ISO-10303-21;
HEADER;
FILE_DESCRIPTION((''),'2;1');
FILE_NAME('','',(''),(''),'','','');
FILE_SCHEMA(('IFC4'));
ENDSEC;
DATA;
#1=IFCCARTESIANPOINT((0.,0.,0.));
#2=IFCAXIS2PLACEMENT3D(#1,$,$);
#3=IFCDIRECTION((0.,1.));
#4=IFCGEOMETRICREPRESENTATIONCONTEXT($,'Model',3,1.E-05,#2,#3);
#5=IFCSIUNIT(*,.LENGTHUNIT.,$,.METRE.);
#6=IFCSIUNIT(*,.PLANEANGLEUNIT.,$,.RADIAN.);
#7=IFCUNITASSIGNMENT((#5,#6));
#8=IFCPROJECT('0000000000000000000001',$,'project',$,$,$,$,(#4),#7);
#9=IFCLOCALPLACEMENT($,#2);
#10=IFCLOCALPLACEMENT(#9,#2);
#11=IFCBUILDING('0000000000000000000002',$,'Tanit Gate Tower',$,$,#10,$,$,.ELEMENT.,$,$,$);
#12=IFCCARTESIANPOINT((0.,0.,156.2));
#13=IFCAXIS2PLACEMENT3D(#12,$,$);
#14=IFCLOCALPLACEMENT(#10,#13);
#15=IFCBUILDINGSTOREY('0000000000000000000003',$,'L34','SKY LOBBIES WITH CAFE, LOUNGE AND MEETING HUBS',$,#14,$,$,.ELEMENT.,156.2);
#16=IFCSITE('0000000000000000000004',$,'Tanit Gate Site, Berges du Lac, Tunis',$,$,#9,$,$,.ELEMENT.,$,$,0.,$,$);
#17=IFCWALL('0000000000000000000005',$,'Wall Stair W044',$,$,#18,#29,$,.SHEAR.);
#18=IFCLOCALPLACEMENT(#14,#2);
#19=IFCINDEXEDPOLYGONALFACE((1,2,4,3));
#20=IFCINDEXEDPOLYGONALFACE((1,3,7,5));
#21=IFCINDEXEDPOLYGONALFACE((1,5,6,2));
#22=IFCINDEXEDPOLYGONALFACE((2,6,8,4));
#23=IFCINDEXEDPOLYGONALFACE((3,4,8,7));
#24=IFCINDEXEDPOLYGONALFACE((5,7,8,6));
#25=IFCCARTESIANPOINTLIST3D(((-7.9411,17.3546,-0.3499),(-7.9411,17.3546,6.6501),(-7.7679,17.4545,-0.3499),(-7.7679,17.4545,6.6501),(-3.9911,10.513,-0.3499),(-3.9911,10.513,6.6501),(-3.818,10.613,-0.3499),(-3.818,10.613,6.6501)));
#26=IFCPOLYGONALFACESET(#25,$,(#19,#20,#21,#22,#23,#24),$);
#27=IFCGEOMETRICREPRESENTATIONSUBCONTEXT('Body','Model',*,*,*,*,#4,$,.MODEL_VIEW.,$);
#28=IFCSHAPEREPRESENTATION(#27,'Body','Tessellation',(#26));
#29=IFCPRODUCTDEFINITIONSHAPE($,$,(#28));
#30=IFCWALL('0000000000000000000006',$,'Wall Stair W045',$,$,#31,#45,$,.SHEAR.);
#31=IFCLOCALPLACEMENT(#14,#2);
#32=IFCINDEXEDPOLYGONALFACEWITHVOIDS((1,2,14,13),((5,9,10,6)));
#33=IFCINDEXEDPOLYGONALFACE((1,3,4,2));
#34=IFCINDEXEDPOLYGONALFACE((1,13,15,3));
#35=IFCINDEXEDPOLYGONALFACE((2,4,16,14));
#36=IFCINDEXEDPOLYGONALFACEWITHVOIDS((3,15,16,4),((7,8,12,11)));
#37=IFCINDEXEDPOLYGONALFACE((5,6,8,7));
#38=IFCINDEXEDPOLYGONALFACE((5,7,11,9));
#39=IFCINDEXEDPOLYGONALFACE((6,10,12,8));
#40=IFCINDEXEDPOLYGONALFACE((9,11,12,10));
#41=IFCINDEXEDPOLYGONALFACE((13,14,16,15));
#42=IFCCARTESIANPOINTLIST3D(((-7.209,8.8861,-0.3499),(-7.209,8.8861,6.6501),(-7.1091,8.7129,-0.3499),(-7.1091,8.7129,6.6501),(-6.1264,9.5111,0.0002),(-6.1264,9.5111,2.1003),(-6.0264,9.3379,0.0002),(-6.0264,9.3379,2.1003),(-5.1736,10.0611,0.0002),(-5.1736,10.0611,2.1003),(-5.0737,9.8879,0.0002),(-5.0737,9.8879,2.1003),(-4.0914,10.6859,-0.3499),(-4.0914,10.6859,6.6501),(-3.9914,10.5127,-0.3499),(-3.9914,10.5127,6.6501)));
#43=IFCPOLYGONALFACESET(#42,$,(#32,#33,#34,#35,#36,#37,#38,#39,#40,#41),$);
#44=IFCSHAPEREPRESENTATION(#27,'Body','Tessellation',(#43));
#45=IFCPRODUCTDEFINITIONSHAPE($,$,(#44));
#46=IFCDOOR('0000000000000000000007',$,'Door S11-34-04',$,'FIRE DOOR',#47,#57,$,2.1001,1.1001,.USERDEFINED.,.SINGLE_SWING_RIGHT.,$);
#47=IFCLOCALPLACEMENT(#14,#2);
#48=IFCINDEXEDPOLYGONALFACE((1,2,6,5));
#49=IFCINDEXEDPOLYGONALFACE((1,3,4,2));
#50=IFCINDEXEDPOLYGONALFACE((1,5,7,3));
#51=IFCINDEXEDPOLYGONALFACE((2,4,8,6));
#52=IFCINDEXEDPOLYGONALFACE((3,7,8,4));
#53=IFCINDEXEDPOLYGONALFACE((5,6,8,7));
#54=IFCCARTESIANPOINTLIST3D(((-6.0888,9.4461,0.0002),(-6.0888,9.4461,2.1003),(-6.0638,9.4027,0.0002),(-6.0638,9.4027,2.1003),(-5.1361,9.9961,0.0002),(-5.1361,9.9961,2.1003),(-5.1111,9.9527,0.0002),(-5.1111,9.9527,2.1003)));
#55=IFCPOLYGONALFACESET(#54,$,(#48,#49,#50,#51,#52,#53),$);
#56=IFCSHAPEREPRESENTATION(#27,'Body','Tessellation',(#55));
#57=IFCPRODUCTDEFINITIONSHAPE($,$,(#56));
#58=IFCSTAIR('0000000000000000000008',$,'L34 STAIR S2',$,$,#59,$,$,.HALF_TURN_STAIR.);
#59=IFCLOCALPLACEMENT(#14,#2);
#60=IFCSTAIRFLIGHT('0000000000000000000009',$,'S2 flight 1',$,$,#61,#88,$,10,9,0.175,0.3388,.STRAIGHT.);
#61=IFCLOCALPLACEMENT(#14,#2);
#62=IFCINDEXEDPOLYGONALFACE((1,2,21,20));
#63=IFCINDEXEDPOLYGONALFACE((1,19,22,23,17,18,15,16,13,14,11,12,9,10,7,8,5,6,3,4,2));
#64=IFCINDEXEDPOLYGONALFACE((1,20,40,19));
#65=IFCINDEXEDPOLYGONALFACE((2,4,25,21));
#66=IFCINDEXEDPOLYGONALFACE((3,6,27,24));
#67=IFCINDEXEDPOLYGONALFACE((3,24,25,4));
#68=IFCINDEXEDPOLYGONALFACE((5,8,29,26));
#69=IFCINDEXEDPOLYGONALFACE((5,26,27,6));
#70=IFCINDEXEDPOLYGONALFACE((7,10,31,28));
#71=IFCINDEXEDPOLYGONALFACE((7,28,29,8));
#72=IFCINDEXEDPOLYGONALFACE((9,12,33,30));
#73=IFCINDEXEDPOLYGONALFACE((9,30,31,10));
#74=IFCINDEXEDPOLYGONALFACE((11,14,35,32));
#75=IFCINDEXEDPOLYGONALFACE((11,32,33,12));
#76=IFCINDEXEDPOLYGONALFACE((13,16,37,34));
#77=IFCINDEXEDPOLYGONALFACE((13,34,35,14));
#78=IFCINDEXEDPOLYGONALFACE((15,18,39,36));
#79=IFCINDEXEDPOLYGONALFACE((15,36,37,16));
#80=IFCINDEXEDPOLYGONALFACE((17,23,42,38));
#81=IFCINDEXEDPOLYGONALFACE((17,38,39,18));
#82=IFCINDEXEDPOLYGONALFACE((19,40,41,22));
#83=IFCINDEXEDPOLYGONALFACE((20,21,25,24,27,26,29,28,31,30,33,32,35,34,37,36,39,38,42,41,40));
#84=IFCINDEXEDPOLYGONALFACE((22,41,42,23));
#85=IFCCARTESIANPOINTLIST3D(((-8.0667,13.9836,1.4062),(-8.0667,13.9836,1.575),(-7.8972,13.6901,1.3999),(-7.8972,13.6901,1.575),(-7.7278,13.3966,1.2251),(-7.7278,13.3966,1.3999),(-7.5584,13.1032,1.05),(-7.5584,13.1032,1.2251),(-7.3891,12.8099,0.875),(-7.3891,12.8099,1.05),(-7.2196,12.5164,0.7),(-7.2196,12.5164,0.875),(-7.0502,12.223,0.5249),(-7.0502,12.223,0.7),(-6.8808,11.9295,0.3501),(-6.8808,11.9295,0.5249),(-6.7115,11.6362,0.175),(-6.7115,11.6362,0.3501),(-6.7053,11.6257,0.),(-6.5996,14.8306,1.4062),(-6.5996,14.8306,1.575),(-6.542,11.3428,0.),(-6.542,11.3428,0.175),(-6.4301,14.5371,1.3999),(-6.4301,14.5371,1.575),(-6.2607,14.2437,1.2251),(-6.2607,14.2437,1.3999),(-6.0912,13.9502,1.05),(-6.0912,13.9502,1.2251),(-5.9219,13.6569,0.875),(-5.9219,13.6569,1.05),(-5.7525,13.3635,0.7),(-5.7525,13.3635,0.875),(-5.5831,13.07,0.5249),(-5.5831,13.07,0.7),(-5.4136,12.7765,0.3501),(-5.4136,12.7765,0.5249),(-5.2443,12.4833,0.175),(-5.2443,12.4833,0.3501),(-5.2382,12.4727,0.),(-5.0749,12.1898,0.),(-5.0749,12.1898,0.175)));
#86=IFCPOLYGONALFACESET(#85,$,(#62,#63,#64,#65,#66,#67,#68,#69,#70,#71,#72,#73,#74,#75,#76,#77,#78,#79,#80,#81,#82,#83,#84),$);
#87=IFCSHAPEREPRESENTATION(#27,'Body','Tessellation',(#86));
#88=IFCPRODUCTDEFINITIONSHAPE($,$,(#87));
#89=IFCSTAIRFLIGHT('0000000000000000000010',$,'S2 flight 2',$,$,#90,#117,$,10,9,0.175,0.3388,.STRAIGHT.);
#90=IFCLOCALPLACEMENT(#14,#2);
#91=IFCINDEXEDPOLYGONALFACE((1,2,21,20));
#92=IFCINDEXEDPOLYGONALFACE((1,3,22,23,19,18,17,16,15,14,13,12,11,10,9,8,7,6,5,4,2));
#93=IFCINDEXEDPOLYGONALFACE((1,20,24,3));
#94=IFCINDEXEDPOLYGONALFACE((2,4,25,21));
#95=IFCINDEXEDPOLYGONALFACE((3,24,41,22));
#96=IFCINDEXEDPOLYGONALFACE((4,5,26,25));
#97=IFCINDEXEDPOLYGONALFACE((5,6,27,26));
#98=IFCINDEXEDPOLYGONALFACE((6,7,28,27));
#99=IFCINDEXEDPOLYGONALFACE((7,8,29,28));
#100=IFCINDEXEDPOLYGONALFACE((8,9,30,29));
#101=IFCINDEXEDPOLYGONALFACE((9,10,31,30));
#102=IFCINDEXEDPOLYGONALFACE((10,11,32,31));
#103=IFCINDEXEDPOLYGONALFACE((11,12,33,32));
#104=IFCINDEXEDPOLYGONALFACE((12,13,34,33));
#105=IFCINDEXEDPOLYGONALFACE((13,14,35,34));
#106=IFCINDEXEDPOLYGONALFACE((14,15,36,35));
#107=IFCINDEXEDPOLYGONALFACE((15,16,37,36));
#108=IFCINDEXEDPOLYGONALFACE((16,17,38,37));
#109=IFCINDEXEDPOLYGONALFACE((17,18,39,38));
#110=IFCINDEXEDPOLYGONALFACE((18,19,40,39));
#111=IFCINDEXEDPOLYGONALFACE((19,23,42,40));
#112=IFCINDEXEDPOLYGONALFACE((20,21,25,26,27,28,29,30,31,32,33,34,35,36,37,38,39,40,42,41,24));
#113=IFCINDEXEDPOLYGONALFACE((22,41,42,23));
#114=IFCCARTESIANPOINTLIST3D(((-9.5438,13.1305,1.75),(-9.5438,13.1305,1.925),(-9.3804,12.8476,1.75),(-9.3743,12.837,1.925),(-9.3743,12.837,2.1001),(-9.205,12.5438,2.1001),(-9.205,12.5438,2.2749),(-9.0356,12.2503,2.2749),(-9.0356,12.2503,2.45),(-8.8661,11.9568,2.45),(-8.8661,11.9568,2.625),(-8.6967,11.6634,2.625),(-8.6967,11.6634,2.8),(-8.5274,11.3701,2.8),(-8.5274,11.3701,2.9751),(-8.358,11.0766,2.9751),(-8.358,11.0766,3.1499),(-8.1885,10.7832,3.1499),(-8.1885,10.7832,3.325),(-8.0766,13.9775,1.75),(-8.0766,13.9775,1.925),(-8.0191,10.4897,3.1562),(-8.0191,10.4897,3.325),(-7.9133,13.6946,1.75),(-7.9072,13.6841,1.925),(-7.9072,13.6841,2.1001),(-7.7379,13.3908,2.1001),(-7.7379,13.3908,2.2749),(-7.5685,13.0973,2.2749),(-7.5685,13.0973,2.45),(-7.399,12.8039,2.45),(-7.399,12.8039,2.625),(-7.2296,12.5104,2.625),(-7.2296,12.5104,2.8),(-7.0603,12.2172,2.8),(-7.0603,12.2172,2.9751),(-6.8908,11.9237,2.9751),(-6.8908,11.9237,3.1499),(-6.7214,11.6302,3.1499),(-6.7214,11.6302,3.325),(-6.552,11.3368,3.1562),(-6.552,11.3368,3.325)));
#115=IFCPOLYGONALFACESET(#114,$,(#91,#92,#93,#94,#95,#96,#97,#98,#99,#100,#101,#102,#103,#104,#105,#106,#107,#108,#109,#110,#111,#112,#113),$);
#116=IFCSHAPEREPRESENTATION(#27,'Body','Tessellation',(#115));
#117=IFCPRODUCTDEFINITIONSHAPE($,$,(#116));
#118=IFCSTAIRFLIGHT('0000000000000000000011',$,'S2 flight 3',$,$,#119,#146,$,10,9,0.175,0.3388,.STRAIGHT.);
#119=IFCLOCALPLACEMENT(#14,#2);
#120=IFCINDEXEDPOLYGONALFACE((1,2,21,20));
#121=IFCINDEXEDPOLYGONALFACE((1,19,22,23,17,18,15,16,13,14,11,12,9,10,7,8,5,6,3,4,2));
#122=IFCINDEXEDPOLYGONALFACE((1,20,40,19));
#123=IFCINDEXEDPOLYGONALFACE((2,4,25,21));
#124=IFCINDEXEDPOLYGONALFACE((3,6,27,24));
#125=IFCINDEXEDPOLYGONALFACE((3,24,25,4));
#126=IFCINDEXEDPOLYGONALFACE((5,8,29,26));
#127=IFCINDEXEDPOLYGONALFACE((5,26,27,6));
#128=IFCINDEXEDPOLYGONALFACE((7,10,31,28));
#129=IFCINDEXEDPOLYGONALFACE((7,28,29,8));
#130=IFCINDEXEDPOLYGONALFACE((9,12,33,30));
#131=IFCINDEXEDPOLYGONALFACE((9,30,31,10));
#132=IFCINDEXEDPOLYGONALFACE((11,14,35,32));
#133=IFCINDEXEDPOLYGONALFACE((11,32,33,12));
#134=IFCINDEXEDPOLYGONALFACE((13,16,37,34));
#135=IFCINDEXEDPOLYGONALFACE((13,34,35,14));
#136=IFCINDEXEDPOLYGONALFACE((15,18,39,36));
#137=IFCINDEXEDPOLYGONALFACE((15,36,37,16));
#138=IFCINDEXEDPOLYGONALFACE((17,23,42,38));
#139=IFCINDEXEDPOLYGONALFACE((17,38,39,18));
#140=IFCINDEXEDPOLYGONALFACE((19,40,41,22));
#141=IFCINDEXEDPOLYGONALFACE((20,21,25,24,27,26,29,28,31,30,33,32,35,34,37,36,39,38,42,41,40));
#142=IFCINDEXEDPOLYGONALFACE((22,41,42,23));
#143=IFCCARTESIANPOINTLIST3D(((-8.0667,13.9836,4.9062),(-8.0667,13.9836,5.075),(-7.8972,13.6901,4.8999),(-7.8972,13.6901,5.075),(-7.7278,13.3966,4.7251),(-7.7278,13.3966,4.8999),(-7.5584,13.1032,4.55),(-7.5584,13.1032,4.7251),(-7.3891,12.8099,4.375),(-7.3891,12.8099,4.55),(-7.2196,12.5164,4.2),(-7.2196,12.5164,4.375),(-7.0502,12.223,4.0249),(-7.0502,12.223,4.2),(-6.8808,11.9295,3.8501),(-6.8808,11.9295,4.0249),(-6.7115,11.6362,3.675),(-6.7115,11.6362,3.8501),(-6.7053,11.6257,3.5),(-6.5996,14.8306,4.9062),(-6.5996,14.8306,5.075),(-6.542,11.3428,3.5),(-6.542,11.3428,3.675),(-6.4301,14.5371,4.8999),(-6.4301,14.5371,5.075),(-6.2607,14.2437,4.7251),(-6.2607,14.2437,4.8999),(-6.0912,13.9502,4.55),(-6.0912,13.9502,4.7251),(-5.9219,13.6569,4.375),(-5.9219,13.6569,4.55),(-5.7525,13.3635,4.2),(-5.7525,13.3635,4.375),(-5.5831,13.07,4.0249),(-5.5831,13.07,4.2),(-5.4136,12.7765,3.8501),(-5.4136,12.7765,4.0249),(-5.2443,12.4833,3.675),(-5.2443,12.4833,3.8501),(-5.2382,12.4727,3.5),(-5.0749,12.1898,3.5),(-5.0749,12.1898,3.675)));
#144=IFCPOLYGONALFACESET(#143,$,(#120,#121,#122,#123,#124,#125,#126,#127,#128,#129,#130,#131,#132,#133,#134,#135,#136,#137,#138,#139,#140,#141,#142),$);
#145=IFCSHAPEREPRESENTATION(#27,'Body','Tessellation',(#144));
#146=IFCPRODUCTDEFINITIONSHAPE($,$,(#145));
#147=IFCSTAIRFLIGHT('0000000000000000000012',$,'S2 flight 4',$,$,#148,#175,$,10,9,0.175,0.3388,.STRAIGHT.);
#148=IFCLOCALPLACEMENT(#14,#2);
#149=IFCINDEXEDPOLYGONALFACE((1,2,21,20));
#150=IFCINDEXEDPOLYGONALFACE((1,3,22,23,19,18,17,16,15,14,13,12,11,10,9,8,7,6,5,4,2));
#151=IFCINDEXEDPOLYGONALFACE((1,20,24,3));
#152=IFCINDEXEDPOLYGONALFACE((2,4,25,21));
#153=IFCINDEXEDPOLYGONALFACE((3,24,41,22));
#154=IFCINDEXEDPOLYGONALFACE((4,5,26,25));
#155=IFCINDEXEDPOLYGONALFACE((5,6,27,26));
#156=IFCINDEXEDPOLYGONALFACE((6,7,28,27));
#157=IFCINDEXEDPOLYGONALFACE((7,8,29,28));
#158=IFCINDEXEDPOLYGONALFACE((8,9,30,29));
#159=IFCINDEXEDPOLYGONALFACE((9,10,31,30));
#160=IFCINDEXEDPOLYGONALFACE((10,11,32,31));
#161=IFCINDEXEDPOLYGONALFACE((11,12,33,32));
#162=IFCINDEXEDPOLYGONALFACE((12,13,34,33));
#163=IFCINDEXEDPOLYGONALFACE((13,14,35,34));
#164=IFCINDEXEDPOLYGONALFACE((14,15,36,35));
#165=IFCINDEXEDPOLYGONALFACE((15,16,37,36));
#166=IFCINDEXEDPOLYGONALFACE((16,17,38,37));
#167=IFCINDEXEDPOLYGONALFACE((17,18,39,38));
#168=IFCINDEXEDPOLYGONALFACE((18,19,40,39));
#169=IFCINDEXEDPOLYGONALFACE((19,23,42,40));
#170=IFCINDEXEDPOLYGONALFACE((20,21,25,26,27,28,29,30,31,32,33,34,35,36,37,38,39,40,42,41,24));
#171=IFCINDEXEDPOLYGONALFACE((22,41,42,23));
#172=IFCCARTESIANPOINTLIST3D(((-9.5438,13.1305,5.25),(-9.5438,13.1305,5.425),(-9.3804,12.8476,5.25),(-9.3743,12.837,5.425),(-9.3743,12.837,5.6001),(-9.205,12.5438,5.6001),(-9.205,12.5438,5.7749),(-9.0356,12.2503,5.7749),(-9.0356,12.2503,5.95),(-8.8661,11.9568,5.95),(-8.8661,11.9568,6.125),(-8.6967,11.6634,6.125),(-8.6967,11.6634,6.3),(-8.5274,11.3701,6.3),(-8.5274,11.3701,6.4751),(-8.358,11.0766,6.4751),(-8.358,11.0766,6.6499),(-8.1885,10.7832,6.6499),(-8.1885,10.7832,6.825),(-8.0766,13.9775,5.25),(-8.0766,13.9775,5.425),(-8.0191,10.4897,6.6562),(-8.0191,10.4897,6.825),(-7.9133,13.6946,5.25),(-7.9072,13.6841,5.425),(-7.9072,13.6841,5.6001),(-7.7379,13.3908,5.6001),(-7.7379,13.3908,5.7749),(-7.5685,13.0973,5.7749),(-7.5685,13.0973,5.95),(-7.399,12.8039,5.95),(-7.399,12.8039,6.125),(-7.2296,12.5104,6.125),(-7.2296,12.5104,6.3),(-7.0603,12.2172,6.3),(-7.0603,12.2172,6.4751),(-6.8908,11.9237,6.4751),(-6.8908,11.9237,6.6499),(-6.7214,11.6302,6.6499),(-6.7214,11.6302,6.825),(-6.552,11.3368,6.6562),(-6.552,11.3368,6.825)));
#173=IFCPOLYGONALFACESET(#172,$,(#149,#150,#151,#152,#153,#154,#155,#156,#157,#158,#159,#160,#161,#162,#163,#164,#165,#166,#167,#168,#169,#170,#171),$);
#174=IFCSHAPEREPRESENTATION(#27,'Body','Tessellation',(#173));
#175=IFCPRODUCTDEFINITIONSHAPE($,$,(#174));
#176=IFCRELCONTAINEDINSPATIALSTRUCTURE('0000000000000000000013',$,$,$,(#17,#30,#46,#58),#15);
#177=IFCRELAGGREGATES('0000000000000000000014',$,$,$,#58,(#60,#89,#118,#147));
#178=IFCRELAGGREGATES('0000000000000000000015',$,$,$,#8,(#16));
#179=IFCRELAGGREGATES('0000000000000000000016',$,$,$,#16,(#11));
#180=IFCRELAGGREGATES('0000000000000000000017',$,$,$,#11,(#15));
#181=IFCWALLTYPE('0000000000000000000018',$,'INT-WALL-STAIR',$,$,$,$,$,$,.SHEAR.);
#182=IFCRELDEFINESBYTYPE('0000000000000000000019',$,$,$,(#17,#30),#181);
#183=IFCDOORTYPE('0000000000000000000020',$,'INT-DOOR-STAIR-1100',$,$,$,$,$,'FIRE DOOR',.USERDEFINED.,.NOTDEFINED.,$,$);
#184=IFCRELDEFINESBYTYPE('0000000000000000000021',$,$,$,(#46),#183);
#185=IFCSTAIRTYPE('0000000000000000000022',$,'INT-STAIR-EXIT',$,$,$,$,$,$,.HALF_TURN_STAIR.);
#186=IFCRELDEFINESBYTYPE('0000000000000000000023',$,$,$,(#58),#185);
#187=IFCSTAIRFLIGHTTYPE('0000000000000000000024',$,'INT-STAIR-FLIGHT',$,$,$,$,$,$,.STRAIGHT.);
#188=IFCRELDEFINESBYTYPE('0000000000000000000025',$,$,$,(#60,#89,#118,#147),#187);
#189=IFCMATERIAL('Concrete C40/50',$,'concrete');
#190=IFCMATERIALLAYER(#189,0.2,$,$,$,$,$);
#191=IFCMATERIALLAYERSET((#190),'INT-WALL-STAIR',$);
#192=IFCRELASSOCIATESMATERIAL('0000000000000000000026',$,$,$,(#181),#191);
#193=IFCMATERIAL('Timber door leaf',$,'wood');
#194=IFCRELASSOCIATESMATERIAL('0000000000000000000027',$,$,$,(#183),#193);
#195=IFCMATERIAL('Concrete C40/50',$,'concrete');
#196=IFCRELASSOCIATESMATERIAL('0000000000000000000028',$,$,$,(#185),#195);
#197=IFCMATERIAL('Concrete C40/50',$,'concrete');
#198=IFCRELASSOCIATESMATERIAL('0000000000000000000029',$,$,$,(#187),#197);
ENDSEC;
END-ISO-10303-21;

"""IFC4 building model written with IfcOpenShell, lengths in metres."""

from ifc_helpers import new_model, si_unit, direction, frame, frame_2d, origin, place, context, subcontext, project, spatial, polyline, rectangle, outline, extrude, material, layer, layer_set, type_object, element, fill, aggregate, save


model = new_model("IFC4")

# Units and contexts
model_context = context("Model", 3, precision=1e-05, world=origin(), true_north=direction((0.0, 1.0)))
body_context = subcontext(model_context, "Body", "Model", "MODEL_VIEW")
ifc_project = project(units=[si_unit("LENGTHUNIT", "METRE"), si_unit("PLANEANGLEUNIT", "RADIAN")], contexts=[model_context])

# Site, building, storey
site_placement = place(None, origin())
site = spatial("IfcSite", under=ifc_project, at=site_placement, Name="Tanit Gate Site, Berges du Lac, Tunis", CompositionType="ELEMENT", RefElevation=0.0)
building_placement = place(site_placement, origin())
building = spatial("IfcBuilding", under=site, at=building_placement, Name="Tanit Gate Tower", CompositionType="ELEMENT")
storey_placement = place(building_placement, frame((0.0, 0.0, 156.2)))
storey = spatial("IfcBuildingStorey", under=building, at=storey_placement, Name="L34", Description="SKY LOBBIES WITH CAFE, LOUNGE AND MEETING HUBS", CompositionType="ELEMENT", Elevation=156.2)

# Wall
ifc_material_1 = material(Name="Concrete C40/50", Category="concrete")
ifc_layer_1 = layer(ifc_material_1, 0.2)
ifc_layer_set_1 = layer_set([ifc_layer_1], Name="INT-WALL-STAIR")
wall_type_1 = type_object("IfcWallType", Name="INT-WALL-STAIR", PredefinedType="SHEAR", material=ifc_layer_set_1)
wall_1_placement = place(storey_placement, frame((-7.8545, 17.4045, -0.3499), z_axis=(0.0, 0.0, 1.0), x_axis=(0.499998, -0.866027, 0.0)))
element("IfcWall", 1, at=wall_1_placement, inside=storey, type_object=wall_type_1, Name="Wall Stair W044", PredefinedType="SHEAR", context=body_context, shape_type="SweptSolid", body=[
    extrude(rectangle(XDim=7.8999, YDim=0.2, at=frame_2d((3.95, 0.0))), origin(), (0.0, 0.0, 1.0), 7.0),
])

# Wall, opening, door
wall_2_placement = place(storey_placement, frame((-7.1589, 8.7996, -0.3499), z_axis=(0.0, 0.0, 1.0), x_axis=(0.866048, 0.499961, 0.0)))
wall_2 = element("IfcWall", 2, at=wall_2_placement, inside=storey, type_object=wall_type_1, Name="Wall Stair W045", PredefinedType="SHEAR", context=body_context, shape_type="SweptSolid", body=[
    extrude(rectangle(XDim=3.5999, YDim=0.2, at=frame_2d((1.7998, 0.0))), origin(), (0.0, 0.0, 1.0), 7.0),
])
opening_1_placement = place(wall_2_placement, frame((1.25, 0.0, 0.3501)))
opening_1 = element("IfcOpeningElement", 3, at=opening_1_placement, cuts=wall_2, PredefinedType="OPENING", context=body_context, shape_type="SweptSolid", body=[
    extrude(rectangle(XDim=1.1001, YDim=2.1001, at=frame_2d((0.55, 1.05))), frame((0.0, 0.1099, 0.0), z_axis=(0.0, -1.0, 0.0), x_axis=(1.0, 0.0, 0.0)), (0.0, 0.0, 1.0), 0.22),
])
ifc_material_2 = material(Name="Timber door leaf", Category="wood")
door_type_1 = type_object("IfcDoorType", Name="INT-DOOR-STAIR-1100", ElementType="FIRE DOOR", OperationType="NOTDEFINED", PredefinedType="USERDEFINED", material=ifc_material_2)
door_1_placement = place(opening_1_placement, origin())
door_1 = element("IfcDoor", 4, at=door_1_placement, inside=storey, type_object=door_type_1, Name="Door S11-34-04", ObjectType="FIRE DOOR", OperationType="SINGLE_SWING_RIGHT", OverallHeight=2.1001, OverallWidth=1.1001, PredefinedType="USERDEFINED", context=body_context, shape_type="SweptSolid", body=[
    extrude(rectangle(XDim=1.1001, YDim=2.1001, at=frame_2d((0.55, 1.05))), frame((0.0, 0.0249, 0.0), z_axis=(0.0, -1.0, 0.0), x_axis=(1.0, 0.0, 0.0)), (0.0, 0.0, 1.0), 0.05),
])
fill(opening_1, door_1)

# Stair, stair flights
ifc_material_3 = material(Name="Concrete C40/50", Category="concrete")
stair_type = type_object("IfcStairType", Name="INT-STAIR-EXIT", PredefinedType="HALF_TURN_STAIR", material=ifc_material_3)
stair_placement = place(storey_placement, origin())
stair = element("IfcStair", 5, at=stair_placement, inside=storey, type_object=stair_type, Name="L34 STAIR S2", PredefinedType="HALF_TURN_STAIR")
ifc_material_4 = material(Name="Concrete C40/50", Category="concrete")
stair_flight_type = type_object("IfcStairFlightType", Name="INT-STAIR-FLIGHT", PredefinedType="STRAIGHT", material=ifc_material_4)
stair_flight_1_placement = place(storey_placement, frame((-5.8083, 11.7664, 0.0), z_axis=(0.0, 0.0, 1.0), x_axis=(-0.5, 0.866025, 0.0)))
stair_flight_1 = element("IfcStairFlight", 6, at=stair_flight_1_placement, type_object=stair_flight_type, Name="S2 flight 1", NumberOfRisers=10, NumberOfTreads=9, PredefinedType="STRAIGHT", RiserHeight=0.175, TreadLength=0.3388, context=body_context, shape_type="SweptSolid", body=[
    extrude(outline(polyline([(0.0, 0.0), (0.0, 0.175), (0.3389, 0.175), (0.3389, 0.3501), (0.6775, 0.3501), (0.6775, 0.5249), (1.0164, 0.5249), (1.0164, 0.7), (1.3552, 0.7), (1.3552, 0.875), (1.6941, 0.875), (1.6941, 1.05), (2.0327, 1.05), (2.0327, 1.2251), (2.3716, 1.2251), (2.3716, 1.3999), (2.7104, 1.3999), (2.7104, 1.575), (3.0493, 1.575), (3.0493, 1.75), (3.0493, 1.4062), (0.3267, 0.0), (0.0, 0.0)])), frame((0.0, 0.8472, 0.0), z_axis=(0.0, -1.0, 0.0), x_axis=(1.0, 0.0, 0.0)), (0.0, 0.0, 1.0), 1.6941),
])
stair_flight_2_placement = place(storey_placement, frame((-8.8103, 13.554, 1.75), z_axis=(0.0, 0.0, 1.0), x_axis=(0.5, -0.866025, 0.0)))
stair_flight_2 = element("IfcStairFlight", 7, at=stair_flight_2_placement, type_object=stair_flight_type, Name="S2 flight 2", NumberOfRisers=10, NumberOfTreads=9, PredefinedType="STRAIGHT", RiserHeight=0.175, TreadLength=0.3388, context=body_context, shape_type="SweptSolid", body=[
    extrude(outline(polyline([(0.0, 0.0), (0.0, 0.175), (0.3389, 0.175), (0.3389, 0.3501), (0.6775, 0.3501), (0.6775, 0.5249), (1.0164, 0.5249), (1.0164, 0.7), (1.3552, 0.7), (1.3552, 0.875), (1.6941, 0.875), (1.6941, 1.05), (2.0327, 1.05), (2.0327, 1.2251), (2.3716, 1.2251), (2.3716, 1.3999), (2.7104, 1.3999), (2.7104, 1.575), (3.0493, 1.575), (3.0493, 1.75), (3.0493, 1.4062), (0.3267, 0.0), (0.0, 0.0)])), frame((0.0, 0.8472, 0.0), z_axis=(0.0, -1.0, 0.0), x_axis=(1.0, 0.0, 0.0)), (0.0, 0.0, 1.0), 1.6941),
])
stair_flight_3_placement = place(storey_placement, frame((-5.8083, 11.7664, 3.5), z_axis=(0.0, 0.0, 1.0), x_axis=(-0.5, 0.866025, 0.0)))
stair_flight_3 = element("IfcStairFlight", 8, at=stair_flight_3_placement, type_object=stair_flight_type, Name="S2 flight 3", NumberOfRisers=10, NumberOfTreads=9, PredefinedType="STRAIGHT", RiserHeight=0.175, TreadLength=0.3388, context=body_context, shape_type="SweptSolid", body=[
    extrude(outline(polyline([(0.0, 0.0), (0.0, 0.175), (0.3389, 0.175), (0.3389, 0.3501), (0.6775, 0.3501), (0.6775, 0.5249), (1.0164, 0.5249), (1.0164, 0.7), (1.3552, 0.7), (1.3552, 0.875), (1.6941, 0.875), (1.6941, 1.05), (2.0327, 1.05), (2.0327, 1.2251), (2.3716, 1.2251), (2.3716, 1.3999), (2.7104, 1.3999), (2.7104, 1.575), (3.0493, 1.575), (3.0493, 1.75), (3.0493, 1.4062), (0.3267, 0.0), (0.0, 0.0)])), frame((0.0, 0.8472, 0.0), z_axis=(0.0, -1.0, 0.0), x_axis=(1.0, 0.0, 0.0)), (0.0, 0.0, 1.0), 1.6941),
])
stair_flight_4_placement = place(storey_placement, frame((-8.8103, 13.554, 5.25), z_axis=(0.0, 0.0, 1.0), x_axis=(0.5, -0.866025, 0.0)))
stair_flight_4 = element("IfcStairFlight", 9, at=stair_flight_4_placement, type_object=stair_flight_type, Name="S2 flight 4", NumberOfRisers=10, NumberOfTreads=9, PredefinedType="STRAIGHT", RiserHeight=0.175, TreadLength=0.3388, context=body_context, shape_type="SweptSolid", body=[
    extrude(outline(polyline([(0.0, 0.0), (0.0, 0.175), (0.3389, 0.175), (0.3389, 0.3501), (0.6775, 0.3501), (0.6775, 0.5249), (1.0164, 0.5249), (1.0164, 0.7), (1.3552, 0.7), (1.3552, 0.875), (1.6941, 0.875), (1.6941, 1.05), (2.0327, 1.05), (2.0327, 1.2251), (2.3716, 1.2251), (2.3716, 1.3999), (2.7104, 1.3999), (2.7104, 1.575), (3.0493, 1.575), (3.0493, 1.75), (3.0493, 1.4062), (0.3267, 0.0), (0.0, 0.0)])), frame((0.0, 0.8472, 0.0), z_axis=(0.0, -1.0, 0.0), x_axis=(1.0, 0.0, 0.0)), (0.0, 0.0, 1.0), 1.6941),
])
aggregate(stair, [stair_flight_1, stair_flight_2, stair_flight_3, stair_flight_4])

save(model, "model.ifc")
